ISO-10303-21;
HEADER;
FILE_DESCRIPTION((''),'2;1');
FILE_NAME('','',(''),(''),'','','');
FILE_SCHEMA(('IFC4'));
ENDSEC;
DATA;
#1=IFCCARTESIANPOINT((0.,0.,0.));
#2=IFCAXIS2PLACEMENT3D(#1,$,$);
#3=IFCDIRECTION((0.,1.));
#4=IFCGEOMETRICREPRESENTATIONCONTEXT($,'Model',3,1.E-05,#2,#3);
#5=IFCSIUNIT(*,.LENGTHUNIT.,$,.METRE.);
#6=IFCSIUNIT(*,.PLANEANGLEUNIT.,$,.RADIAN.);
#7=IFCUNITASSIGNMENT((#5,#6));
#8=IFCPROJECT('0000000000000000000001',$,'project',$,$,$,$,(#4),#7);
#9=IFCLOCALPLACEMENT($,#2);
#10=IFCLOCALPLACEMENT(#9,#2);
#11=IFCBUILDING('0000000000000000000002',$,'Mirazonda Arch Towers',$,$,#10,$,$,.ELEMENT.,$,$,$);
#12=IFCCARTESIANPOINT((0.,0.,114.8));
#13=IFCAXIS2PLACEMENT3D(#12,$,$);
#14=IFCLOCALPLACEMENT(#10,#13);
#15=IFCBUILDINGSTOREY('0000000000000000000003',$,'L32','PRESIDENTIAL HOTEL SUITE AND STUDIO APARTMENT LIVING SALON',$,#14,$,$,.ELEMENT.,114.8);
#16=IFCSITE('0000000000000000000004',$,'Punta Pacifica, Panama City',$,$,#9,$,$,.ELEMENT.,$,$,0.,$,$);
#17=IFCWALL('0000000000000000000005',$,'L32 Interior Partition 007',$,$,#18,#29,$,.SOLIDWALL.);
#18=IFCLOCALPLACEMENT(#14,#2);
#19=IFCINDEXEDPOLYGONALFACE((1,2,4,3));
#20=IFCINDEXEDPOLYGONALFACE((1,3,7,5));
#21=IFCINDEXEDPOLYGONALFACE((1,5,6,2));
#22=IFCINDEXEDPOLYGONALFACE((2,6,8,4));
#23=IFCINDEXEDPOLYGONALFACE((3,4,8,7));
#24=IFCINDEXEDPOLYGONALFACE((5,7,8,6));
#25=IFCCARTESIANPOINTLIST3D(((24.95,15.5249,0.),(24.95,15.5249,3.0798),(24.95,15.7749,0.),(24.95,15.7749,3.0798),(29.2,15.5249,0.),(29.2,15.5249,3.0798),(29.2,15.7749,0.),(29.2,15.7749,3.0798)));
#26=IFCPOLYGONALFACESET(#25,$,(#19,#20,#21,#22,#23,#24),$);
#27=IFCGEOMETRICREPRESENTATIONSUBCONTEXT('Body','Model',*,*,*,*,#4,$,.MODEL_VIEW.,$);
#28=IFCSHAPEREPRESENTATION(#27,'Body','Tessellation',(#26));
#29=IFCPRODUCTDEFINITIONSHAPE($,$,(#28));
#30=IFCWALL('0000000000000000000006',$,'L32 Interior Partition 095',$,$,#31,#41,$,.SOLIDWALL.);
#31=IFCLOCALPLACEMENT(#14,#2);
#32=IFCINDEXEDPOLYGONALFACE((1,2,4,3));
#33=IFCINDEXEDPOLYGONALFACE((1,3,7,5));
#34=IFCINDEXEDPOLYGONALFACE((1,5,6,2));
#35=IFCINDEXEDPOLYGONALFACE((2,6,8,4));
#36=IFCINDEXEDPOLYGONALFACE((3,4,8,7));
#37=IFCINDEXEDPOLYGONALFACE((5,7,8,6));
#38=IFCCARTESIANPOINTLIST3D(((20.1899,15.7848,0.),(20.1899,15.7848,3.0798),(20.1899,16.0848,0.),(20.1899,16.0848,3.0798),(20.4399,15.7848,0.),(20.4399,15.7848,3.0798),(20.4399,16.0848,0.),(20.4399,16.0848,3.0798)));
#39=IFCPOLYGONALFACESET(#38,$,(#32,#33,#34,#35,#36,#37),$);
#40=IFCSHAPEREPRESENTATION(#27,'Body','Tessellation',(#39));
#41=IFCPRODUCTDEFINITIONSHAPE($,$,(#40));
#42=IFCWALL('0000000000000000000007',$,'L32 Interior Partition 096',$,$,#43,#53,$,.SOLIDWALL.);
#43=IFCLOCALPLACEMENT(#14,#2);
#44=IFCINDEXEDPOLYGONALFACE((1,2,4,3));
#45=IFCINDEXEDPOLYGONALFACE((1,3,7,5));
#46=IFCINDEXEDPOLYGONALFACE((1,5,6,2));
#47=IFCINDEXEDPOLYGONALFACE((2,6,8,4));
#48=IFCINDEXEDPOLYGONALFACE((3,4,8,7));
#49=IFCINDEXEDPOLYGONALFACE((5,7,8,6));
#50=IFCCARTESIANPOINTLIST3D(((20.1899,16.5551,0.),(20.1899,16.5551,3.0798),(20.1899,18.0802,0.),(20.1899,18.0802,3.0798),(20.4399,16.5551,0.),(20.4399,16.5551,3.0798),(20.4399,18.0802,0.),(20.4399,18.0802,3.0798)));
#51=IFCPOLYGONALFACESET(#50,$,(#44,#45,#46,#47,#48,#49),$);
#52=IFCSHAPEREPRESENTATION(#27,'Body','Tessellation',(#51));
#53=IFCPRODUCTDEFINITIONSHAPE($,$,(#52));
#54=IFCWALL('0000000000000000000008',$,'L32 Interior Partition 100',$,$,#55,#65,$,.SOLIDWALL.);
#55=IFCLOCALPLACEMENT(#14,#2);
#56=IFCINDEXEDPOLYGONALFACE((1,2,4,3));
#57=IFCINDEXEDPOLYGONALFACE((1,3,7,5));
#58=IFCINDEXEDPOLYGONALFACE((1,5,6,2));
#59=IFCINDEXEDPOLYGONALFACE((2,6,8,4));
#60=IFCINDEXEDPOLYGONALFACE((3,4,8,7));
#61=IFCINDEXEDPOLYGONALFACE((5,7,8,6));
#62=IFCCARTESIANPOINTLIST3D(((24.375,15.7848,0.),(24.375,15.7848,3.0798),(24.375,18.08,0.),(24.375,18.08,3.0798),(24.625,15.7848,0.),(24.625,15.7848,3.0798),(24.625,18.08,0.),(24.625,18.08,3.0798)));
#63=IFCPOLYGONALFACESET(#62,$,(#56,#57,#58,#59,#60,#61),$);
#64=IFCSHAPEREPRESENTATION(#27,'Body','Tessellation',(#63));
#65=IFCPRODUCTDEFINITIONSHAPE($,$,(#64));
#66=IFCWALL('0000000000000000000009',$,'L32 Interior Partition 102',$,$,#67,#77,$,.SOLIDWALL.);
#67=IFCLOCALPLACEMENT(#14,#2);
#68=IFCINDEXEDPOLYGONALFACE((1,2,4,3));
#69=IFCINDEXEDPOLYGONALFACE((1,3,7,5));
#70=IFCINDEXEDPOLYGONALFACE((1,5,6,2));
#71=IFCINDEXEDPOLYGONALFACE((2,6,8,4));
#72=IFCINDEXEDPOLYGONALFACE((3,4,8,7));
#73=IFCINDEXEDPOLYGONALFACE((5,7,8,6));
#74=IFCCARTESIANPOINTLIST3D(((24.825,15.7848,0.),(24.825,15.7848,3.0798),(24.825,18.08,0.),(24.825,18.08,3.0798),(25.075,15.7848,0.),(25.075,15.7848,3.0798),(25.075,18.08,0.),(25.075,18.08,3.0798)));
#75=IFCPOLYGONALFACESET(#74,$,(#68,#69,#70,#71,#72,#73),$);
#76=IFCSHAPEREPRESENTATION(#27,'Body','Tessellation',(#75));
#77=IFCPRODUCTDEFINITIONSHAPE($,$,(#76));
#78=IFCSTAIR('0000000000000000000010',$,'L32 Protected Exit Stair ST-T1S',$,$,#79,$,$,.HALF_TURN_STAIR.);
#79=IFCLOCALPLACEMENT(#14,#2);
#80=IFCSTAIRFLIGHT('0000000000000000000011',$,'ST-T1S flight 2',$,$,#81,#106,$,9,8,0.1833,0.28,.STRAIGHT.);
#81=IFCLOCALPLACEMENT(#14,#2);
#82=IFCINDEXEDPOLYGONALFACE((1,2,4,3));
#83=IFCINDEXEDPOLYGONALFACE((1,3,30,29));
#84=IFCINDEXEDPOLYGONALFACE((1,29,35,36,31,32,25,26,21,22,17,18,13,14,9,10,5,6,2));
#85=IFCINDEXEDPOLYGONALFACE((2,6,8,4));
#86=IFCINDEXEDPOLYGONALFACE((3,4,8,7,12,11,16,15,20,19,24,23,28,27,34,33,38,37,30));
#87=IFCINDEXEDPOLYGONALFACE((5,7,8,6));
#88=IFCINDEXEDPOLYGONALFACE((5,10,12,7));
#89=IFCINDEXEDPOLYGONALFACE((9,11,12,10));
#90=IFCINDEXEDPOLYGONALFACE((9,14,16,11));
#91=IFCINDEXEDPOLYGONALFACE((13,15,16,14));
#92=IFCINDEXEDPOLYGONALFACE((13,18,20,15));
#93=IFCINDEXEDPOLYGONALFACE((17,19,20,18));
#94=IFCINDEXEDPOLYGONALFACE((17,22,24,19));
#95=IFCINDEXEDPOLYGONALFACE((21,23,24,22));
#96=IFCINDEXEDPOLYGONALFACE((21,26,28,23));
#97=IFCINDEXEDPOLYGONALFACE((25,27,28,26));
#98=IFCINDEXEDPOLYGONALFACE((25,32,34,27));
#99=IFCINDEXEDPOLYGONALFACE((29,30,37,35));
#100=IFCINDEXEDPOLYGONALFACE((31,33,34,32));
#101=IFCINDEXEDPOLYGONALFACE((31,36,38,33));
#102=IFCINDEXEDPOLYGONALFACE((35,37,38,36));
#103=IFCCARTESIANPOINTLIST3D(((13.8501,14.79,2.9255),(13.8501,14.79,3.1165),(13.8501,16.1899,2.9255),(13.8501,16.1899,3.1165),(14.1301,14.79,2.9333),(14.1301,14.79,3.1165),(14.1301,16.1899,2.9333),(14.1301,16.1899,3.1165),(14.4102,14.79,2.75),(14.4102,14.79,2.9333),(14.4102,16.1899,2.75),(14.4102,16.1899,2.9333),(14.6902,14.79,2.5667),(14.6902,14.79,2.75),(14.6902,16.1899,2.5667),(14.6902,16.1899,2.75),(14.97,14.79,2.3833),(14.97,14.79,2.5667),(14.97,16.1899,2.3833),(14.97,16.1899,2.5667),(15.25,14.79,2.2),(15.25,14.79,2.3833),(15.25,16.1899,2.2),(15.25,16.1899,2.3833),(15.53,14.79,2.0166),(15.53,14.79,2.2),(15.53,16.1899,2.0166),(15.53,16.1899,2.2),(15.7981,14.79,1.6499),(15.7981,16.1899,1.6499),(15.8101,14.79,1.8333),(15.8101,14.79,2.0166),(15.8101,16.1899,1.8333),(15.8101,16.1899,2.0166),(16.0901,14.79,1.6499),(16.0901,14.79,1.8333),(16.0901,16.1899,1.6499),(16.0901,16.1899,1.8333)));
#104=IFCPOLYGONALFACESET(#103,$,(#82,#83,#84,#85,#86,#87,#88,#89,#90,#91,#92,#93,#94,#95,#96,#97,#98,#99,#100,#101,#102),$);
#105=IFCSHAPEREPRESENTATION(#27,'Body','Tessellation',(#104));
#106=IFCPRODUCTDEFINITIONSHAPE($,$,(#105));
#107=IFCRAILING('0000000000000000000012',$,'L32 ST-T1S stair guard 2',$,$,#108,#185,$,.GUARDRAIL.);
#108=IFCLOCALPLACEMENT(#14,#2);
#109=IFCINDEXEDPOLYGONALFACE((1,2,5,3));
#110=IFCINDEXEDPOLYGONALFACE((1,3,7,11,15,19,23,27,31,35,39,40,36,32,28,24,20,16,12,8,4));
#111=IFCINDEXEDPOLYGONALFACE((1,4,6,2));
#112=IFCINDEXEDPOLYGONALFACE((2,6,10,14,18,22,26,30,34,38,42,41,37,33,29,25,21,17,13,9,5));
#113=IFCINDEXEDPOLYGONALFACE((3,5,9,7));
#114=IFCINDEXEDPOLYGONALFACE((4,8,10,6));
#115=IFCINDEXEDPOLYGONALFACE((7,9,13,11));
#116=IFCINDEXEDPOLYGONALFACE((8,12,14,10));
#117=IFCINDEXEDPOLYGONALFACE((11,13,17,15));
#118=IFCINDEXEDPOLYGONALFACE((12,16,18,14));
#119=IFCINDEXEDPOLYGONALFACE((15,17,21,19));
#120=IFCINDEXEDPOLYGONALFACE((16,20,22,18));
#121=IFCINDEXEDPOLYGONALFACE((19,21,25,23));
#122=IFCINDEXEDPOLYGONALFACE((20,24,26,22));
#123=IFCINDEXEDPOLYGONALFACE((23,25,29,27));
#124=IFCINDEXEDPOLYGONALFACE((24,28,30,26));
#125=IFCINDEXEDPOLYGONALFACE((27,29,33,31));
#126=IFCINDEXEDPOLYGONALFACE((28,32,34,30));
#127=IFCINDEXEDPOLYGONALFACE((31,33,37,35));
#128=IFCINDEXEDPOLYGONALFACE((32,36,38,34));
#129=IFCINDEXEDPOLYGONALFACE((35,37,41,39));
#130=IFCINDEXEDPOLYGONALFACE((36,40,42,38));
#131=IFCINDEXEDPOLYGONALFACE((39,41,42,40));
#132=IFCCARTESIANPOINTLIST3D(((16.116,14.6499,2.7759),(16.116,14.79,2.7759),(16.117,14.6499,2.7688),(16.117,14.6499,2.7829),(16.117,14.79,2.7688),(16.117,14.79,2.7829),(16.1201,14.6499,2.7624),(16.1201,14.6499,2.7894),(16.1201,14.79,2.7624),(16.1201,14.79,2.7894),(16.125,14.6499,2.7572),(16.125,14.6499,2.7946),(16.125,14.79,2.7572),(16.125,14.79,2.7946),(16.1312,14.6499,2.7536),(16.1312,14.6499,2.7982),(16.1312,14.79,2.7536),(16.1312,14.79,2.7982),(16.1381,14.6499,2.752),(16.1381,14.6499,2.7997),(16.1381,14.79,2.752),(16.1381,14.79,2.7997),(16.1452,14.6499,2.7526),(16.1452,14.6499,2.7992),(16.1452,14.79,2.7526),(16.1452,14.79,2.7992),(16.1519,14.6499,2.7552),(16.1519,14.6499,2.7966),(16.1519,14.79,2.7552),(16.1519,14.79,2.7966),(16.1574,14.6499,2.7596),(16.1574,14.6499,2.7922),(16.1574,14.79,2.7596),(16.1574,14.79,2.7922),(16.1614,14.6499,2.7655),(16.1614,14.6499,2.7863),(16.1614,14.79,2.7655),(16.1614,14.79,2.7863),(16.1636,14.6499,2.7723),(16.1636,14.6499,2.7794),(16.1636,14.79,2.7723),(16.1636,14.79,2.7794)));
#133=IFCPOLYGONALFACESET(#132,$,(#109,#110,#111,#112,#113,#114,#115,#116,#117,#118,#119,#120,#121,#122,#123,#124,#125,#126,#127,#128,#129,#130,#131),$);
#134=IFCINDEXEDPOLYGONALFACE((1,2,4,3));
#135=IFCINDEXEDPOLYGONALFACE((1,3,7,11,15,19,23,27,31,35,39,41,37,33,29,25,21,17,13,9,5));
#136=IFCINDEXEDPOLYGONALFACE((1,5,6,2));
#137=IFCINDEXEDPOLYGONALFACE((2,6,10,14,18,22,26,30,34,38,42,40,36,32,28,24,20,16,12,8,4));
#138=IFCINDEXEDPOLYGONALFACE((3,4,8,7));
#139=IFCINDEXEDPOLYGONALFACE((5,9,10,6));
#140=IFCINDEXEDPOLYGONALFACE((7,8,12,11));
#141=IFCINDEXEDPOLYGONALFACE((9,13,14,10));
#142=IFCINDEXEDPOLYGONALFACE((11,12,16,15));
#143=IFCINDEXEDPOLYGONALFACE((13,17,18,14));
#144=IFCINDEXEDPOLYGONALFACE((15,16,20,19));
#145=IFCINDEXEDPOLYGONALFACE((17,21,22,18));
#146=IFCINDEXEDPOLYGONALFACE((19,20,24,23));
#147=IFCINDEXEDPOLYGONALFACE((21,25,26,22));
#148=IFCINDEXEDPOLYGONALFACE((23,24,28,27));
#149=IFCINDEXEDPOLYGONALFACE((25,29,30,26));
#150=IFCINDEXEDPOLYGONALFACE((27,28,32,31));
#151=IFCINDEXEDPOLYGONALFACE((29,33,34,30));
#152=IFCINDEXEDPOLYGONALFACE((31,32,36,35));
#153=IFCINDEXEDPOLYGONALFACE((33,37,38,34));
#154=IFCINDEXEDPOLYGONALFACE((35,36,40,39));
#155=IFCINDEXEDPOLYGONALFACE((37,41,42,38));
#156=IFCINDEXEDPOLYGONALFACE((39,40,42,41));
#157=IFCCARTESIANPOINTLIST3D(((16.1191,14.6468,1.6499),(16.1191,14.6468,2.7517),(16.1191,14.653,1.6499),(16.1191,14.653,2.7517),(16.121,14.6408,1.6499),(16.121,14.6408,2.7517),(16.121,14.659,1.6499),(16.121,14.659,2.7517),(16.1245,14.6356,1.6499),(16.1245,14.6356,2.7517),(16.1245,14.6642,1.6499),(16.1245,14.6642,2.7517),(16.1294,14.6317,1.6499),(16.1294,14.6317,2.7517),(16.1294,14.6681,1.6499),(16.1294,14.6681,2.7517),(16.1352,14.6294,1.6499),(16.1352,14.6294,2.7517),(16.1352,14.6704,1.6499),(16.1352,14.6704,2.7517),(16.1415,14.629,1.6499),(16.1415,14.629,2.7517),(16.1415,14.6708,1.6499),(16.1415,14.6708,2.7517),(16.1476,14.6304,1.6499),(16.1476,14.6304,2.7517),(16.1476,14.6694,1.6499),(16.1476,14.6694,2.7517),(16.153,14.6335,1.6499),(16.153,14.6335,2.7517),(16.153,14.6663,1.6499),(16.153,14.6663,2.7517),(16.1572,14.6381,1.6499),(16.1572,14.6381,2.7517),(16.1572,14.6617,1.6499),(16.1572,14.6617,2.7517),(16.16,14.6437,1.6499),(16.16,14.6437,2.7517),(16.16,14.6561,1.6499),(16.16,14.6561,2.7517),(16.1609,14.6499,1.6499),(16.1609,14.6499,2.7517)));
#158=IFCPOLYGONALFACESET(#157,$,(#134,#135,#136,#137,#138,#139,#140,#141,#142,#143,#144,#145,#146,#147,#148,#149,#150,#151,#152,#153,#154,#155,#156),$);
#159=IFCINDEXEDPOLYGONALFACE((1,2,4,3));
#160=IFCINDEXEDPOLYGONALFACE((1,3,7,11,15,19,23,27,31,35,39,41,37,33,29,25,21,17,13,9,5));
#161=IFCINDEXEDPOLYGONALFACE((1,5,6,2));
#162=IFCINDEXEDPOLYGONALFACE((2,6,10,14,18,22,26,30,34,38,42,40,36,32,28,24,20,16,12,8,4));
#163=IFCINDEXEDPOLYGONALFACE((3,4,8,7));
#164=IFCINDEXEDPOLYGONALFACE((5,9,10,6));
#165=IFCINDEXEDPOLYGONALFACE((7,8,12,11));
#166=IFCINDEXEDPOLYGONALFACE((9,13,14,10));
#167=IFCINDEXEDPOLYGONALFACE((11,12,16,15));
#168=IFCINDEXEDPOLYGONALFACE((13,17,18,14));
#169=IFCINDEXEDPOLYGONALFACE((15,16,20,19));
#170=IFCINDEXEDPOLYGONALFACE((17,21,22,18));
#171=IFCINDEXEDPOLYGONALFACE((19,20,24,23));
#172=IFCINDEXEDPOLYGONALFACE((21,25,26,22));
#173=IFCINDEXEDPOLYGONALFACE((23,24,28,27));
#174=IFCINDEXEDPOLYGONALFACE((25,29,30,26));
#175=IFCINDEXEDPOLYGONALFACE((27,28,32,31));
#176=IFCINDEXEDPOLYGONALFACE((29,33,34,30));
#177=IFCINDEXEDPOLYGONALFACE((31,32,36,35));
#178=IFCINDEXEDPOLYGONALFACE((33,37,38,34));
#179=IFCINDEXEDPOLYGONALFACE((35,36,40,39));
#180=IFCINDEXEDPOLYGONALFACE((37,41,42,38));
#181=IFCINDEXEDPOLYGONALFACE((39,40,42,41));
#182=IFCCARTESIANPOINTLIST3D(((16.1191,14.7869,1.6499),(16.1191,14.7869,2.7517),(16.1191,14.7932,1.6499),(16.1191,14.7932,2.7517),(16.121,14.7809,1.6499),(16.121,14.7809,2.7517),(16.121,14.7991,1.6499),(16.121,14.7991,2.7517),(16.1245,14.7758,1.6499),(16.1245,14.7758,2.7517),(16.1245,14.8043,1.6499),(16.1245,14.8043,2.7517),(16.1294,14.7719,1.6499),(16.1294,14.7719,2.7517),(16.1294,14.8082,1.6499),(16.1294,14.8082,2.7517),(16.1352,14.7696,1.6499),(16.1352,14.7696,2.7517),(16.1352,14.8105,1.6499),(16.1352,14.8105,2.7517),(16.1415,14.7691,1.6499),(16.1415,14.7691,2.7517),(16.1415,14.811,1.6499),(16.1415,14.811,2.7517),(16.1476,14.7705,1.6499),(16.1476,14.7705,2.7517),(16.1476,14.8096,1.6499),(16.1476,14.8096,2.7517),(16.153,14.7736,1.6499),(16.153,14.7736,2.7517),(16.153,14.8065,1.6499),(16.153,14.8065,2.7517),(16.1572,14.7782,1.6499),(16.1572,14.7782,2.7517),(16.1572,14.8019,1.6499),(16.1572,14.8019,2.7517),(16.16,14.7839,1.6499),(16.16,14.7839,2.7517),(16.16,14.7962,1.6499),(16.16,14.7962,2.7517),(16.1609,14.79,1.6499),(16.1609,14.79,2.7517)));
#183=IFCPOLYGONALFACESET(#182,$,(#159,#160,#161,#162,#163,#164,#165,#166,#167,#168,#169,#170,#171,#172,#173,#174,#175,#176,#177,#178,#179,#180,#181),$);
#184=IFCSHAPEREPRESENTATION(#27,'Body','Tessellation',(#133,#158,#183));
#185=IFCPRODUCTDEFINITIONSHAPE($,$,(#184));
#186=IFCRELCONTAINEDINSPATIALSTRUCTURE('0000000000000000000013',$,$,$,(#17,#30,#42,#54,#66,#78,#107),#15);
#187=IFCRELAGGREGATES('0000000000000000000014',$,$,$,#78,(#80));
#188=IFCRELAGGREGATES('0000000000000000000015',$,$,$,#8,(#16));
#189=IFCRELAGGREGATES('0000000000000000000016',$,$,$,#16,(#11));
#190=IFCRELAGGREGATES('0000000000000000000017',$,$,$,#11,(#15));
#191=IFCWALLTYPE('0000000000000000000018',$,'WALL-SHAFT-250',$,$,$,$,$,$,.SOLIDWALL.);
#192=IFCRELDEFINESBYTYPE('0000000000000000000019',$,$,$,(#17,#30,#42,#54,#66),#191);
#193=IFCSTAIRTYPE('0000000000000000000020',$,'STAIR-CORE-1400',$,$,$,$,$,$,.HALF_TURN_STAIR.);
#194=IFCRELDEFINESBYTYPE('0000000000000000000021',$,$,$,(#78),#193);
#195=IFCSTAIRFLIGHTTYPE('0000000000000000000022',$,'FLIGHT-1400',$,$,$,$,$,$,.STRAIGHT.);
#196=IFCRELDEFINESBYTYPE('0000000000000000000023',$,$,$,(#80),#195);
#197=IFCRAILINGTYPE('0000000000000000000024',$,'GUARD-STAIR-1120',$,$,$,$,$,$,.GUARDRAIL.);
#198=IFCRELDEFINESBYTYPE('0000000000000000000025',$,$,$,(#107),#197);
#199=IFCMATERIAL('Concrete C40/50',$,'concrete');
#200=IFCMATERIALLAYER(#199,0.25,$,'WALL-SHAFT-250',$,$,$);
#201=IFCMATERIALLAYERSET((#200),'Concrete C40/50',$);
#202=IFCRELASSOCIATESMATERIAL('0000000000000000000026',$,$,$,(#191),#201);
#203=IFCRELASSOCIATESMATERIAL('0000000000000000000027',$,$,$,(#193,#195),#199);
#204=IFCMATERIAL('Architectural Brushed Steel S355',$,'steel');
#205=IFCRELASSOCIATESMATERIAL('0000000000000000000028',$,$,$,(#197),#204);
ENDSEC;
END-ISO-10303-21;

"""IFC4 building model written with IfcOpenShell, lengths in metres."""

from ifc_helpers import new_model, si_unit, direction, frame, frame_2d, origin, origin_2d, place, context, subcontext, project, spatial, polyline, rectangle, circle, outline, extrude, material, layer, layer_set, type_object, element, aggregate, save


model = new_model("IFC4")

# Units and contexts
model_context = context("Model", 3, precision=1e-05, world=origin(), true_north=direction((0.0, 1.0)))
body_context = subcontext(model_context, "Body", "Model", "MODEL_VIEW")
ifc_project = project(units=[si_unit("LENGTHUNIT", "METRE"), si_unit("PLANEANGLEUNIT", "RADIAN")], contexts=[model_context])

# Site, building, storey
site_placement = place(None, origin())
site = spatial("IfcSite", under=ifc_project, at=site_placement, Name="Punta Pacifica, Panama City", CompositionType="ELEMENT", RefElevation=0.0)
building_placement = place(site_placement, origin())
building = spatial("IfcBuilding", under=site, at=building_placement, Name="Mirazonda Arch Towers", CompositionType="ELEMENT")
storey_placement = place(building_placement, frame((0.0, 0.0, 114.8)))
storey = spatial("IfcBuildingStorey", under=building, at=storey_placement, Name="L32", Description="PRESIDENTIAL HOTEL SUITE AND STUDIO APARTMENT LIVING SALON", CompositionType="ELEMENT", Elevation=114.8)

# Shared definitions
ifc_material_1 = material(Name="Architectural Brushed Steel S355", Category="steel")

# Walls
ifc_material_2 = material(Name="Concrete C40/50", Category="concrete")
ifc_layer_1 = layer(ifc_material_2, 0.25, Name="WALL-SHAFT-250")
ifc_layer_set_1 = layer_set([ifc_layer_1], Name="Concrete C40/50")
wall_type_1 = type_object("IfcWallType", Name="WALL-SHAFT-250", PredefinedType="SOLIDWALL", material=ifc_layer_set_1)
wall_1_placement = place(storey_placement, frame((24.95, 15.6499, 0.0), z_axis=(0.0, 0.0, 1.0), x_axis=(1.0, 0.0, 0.0)))
element("IfcWall", 1, at=wall_1_placement, inside=storey, type_object=wall_type_1, Name="L32 Interior Partition 007", PredefinedType="SOLIDWALL", context=body_context, shape_type="SweptSolid", body=[
    extrude(rectangle(XDim=4.25, YDim=0.25, at=frame_2d((2.125, 0.0))), origin(), (0.0, 0.0, 1.0), 3.0798),
])
wall_2_placement = place(storey_placement, frame((20.3149, 15.7849, 0.0), z_axis=(0.0, 0.0, 1.0), x_axis=(0.0, 1.0, 0.0)))
element("IfcWall", 2, at=wall_2_placement, inside=storey, type_object=wall_type_1, Name="L32 Interior Partition 095", PredefinedType="SOLIDWALL", context=body_context, shape_type="SweptSolid", body=[
    extrude(rectangle(XDim=0.3, YDim=0.25, at=frame_2d((0.1499, 0.0))), origin(), (0.0, 0.0, 1.0), 3.0798),
])
wall_3_placement = place(storey_placement, frame((20.3149, 16.5549, 0.0), z_axis=(0.0, 0.0, 1.0), x_axis=(0.0, 1.0, 0.0)))
element("IfcWall", 3, at=wall_3_placement, inside=storey, type_object=wall_type_1, Name="L32 Interior Partition 096", PredefinedType="SOLIDWALL", context=body_context, shape_type="SweptSolid", body=[
    extrude(rectangle(XDim=1.5251, YDim=0.25, at=frame_2d((0.7627, 0.0))), origin(), (0.0, 0.0, 1.0), 3.0798),
])
for number, where, z_axis, x_axis, name in (
    (4, (24.5, 15.7849, 0.0), (0.0, 0.0, 1.0), (0.0, 1.0, 0.0), "L32 Interior Partition 100"),
    (5, (24.95, 15.7849, 0.0), (0.0, 0.0, 1.0), (0.0, 1.0, 0.0), "L32 Interior Partition 102"),
):
    element("IfcWall", number, at=place(storey_placement, frame(where, z_axis=z_axis, x_axis=x_axis)), inside=storey, type_object=wall_type_1, Name=name, PredefinedType="SOLIDWALL", context=body_context, shape_type="SweptSolid", body=[
        extrude(rectangle(XDim=2.2952, YDim=0.25, at=frame_2d((1.1475, 0.0))), origin(), (0.0, 0.0, 1.0), 3.0798),
    ])

# Stair, stair flight
stair_type = type_object("IfcStairType", Name="STAIR-CORE-1400", PredefinedType="HALF_TURN_STAIR", material=ifc_material_2)
stair_placement = place(storey_placement, origin())
stair = element("IfcStair", 6, at=stair_placement, inside=storey, type_object=stair_type, Name="L32 Protected Exit Stair ST-T1S", PredefinedType="HALF_TURN_STAIR")
stair_flight_type = type_object("IfcStairFlightType", Name="FLIGHT-1400", PredefinedType="STRAIGHT", material=ifc_material_2)
stair_flight_placement = place(storey_placement, frame((16.0901, 15.49, 1.6499), z_axis=(0.0, 0.0, 1.0), x_axis=(-1.0, 0.0, 0.0)))
stair_flight = element("IfcStairFlight", 7, at=stair_flight_placement, type_object=stair_flight_type, Name="ST-T1S flight 2", NumberOfRisers=9, NumberOfTreads=8, PredefinedType="STRAIGHT", RiserHeight=0.1833, TreadLength=0.28, context=body_context, shape_type="SweptSolid", body=[
    extrude(outline(polyline([(0.0, 0.0), (0.0, 0.1833), (0.28, 0.1833), (0.28, 0.3667), (0.5601, 0.3667), (0.5601, 0.55), (0.8401, 0.55), (0.8401, 0.7334), (1.1201, 0.7334), (1.1201, 0.9167), (1.3999, 0.9167), (1.3999, 1.1001), (1.6799, 1.1001), (1.6799, 1.2834), (1.96, 1.2834), (1.96, 1.4666), (2.24, 1.4666), (2.24, 1.6499), (2.24, 1.2756), (0.292, 0.0), (0.0, 0.0)])), frame((0.0, 0.7, 0.0), z_axis=(0.0, -1.0, 0.0), x_axis=(1.0, 0.0, 0.0)), (0.0, 0.0, 1.0), 1.3999),
])
aggregate(stair, [stair_flight])

# Railing
railing_type_1 = type_object("IfcRailingType", Name="GUARD-STAIR-1120", PredefinedType="GUARDRAIL", material=ifc_material_1)
railing_1_placement = place(storey_placement, frame((16.1399, 14.6499, 1.6499)))
element("IfcRailing", 8, at=railing_1_placement, inside=storey, type_object=railing_type_1, Name="L32 ST-T1S stair guard 2", PredefinedType="GUARDRAIL", context=body_context, shape_type="SweptSolid", body=[
    extrude(circle(Radius=0.0239, at=origin_2d()), frame((0.0, 0.0, 1.126), z_axis=(0.0, 1.0, 0.0), x_axis=(-1.0, 0.0, 0.0)), (0.0, 0.0, 1.0), 0.1401),
    extrude(circle(Radius=0.021, at=origin_2d()), origin(), (0.0, 0.0, 1.0), 1.1018),
    extrude(circle(Radius=0.021, at=origin_2d()), frame((0.0, 0.1401, 0.0)), (0.0, 0.0, 1.0), 1.1018),
])

save(model, "model.ifc")
